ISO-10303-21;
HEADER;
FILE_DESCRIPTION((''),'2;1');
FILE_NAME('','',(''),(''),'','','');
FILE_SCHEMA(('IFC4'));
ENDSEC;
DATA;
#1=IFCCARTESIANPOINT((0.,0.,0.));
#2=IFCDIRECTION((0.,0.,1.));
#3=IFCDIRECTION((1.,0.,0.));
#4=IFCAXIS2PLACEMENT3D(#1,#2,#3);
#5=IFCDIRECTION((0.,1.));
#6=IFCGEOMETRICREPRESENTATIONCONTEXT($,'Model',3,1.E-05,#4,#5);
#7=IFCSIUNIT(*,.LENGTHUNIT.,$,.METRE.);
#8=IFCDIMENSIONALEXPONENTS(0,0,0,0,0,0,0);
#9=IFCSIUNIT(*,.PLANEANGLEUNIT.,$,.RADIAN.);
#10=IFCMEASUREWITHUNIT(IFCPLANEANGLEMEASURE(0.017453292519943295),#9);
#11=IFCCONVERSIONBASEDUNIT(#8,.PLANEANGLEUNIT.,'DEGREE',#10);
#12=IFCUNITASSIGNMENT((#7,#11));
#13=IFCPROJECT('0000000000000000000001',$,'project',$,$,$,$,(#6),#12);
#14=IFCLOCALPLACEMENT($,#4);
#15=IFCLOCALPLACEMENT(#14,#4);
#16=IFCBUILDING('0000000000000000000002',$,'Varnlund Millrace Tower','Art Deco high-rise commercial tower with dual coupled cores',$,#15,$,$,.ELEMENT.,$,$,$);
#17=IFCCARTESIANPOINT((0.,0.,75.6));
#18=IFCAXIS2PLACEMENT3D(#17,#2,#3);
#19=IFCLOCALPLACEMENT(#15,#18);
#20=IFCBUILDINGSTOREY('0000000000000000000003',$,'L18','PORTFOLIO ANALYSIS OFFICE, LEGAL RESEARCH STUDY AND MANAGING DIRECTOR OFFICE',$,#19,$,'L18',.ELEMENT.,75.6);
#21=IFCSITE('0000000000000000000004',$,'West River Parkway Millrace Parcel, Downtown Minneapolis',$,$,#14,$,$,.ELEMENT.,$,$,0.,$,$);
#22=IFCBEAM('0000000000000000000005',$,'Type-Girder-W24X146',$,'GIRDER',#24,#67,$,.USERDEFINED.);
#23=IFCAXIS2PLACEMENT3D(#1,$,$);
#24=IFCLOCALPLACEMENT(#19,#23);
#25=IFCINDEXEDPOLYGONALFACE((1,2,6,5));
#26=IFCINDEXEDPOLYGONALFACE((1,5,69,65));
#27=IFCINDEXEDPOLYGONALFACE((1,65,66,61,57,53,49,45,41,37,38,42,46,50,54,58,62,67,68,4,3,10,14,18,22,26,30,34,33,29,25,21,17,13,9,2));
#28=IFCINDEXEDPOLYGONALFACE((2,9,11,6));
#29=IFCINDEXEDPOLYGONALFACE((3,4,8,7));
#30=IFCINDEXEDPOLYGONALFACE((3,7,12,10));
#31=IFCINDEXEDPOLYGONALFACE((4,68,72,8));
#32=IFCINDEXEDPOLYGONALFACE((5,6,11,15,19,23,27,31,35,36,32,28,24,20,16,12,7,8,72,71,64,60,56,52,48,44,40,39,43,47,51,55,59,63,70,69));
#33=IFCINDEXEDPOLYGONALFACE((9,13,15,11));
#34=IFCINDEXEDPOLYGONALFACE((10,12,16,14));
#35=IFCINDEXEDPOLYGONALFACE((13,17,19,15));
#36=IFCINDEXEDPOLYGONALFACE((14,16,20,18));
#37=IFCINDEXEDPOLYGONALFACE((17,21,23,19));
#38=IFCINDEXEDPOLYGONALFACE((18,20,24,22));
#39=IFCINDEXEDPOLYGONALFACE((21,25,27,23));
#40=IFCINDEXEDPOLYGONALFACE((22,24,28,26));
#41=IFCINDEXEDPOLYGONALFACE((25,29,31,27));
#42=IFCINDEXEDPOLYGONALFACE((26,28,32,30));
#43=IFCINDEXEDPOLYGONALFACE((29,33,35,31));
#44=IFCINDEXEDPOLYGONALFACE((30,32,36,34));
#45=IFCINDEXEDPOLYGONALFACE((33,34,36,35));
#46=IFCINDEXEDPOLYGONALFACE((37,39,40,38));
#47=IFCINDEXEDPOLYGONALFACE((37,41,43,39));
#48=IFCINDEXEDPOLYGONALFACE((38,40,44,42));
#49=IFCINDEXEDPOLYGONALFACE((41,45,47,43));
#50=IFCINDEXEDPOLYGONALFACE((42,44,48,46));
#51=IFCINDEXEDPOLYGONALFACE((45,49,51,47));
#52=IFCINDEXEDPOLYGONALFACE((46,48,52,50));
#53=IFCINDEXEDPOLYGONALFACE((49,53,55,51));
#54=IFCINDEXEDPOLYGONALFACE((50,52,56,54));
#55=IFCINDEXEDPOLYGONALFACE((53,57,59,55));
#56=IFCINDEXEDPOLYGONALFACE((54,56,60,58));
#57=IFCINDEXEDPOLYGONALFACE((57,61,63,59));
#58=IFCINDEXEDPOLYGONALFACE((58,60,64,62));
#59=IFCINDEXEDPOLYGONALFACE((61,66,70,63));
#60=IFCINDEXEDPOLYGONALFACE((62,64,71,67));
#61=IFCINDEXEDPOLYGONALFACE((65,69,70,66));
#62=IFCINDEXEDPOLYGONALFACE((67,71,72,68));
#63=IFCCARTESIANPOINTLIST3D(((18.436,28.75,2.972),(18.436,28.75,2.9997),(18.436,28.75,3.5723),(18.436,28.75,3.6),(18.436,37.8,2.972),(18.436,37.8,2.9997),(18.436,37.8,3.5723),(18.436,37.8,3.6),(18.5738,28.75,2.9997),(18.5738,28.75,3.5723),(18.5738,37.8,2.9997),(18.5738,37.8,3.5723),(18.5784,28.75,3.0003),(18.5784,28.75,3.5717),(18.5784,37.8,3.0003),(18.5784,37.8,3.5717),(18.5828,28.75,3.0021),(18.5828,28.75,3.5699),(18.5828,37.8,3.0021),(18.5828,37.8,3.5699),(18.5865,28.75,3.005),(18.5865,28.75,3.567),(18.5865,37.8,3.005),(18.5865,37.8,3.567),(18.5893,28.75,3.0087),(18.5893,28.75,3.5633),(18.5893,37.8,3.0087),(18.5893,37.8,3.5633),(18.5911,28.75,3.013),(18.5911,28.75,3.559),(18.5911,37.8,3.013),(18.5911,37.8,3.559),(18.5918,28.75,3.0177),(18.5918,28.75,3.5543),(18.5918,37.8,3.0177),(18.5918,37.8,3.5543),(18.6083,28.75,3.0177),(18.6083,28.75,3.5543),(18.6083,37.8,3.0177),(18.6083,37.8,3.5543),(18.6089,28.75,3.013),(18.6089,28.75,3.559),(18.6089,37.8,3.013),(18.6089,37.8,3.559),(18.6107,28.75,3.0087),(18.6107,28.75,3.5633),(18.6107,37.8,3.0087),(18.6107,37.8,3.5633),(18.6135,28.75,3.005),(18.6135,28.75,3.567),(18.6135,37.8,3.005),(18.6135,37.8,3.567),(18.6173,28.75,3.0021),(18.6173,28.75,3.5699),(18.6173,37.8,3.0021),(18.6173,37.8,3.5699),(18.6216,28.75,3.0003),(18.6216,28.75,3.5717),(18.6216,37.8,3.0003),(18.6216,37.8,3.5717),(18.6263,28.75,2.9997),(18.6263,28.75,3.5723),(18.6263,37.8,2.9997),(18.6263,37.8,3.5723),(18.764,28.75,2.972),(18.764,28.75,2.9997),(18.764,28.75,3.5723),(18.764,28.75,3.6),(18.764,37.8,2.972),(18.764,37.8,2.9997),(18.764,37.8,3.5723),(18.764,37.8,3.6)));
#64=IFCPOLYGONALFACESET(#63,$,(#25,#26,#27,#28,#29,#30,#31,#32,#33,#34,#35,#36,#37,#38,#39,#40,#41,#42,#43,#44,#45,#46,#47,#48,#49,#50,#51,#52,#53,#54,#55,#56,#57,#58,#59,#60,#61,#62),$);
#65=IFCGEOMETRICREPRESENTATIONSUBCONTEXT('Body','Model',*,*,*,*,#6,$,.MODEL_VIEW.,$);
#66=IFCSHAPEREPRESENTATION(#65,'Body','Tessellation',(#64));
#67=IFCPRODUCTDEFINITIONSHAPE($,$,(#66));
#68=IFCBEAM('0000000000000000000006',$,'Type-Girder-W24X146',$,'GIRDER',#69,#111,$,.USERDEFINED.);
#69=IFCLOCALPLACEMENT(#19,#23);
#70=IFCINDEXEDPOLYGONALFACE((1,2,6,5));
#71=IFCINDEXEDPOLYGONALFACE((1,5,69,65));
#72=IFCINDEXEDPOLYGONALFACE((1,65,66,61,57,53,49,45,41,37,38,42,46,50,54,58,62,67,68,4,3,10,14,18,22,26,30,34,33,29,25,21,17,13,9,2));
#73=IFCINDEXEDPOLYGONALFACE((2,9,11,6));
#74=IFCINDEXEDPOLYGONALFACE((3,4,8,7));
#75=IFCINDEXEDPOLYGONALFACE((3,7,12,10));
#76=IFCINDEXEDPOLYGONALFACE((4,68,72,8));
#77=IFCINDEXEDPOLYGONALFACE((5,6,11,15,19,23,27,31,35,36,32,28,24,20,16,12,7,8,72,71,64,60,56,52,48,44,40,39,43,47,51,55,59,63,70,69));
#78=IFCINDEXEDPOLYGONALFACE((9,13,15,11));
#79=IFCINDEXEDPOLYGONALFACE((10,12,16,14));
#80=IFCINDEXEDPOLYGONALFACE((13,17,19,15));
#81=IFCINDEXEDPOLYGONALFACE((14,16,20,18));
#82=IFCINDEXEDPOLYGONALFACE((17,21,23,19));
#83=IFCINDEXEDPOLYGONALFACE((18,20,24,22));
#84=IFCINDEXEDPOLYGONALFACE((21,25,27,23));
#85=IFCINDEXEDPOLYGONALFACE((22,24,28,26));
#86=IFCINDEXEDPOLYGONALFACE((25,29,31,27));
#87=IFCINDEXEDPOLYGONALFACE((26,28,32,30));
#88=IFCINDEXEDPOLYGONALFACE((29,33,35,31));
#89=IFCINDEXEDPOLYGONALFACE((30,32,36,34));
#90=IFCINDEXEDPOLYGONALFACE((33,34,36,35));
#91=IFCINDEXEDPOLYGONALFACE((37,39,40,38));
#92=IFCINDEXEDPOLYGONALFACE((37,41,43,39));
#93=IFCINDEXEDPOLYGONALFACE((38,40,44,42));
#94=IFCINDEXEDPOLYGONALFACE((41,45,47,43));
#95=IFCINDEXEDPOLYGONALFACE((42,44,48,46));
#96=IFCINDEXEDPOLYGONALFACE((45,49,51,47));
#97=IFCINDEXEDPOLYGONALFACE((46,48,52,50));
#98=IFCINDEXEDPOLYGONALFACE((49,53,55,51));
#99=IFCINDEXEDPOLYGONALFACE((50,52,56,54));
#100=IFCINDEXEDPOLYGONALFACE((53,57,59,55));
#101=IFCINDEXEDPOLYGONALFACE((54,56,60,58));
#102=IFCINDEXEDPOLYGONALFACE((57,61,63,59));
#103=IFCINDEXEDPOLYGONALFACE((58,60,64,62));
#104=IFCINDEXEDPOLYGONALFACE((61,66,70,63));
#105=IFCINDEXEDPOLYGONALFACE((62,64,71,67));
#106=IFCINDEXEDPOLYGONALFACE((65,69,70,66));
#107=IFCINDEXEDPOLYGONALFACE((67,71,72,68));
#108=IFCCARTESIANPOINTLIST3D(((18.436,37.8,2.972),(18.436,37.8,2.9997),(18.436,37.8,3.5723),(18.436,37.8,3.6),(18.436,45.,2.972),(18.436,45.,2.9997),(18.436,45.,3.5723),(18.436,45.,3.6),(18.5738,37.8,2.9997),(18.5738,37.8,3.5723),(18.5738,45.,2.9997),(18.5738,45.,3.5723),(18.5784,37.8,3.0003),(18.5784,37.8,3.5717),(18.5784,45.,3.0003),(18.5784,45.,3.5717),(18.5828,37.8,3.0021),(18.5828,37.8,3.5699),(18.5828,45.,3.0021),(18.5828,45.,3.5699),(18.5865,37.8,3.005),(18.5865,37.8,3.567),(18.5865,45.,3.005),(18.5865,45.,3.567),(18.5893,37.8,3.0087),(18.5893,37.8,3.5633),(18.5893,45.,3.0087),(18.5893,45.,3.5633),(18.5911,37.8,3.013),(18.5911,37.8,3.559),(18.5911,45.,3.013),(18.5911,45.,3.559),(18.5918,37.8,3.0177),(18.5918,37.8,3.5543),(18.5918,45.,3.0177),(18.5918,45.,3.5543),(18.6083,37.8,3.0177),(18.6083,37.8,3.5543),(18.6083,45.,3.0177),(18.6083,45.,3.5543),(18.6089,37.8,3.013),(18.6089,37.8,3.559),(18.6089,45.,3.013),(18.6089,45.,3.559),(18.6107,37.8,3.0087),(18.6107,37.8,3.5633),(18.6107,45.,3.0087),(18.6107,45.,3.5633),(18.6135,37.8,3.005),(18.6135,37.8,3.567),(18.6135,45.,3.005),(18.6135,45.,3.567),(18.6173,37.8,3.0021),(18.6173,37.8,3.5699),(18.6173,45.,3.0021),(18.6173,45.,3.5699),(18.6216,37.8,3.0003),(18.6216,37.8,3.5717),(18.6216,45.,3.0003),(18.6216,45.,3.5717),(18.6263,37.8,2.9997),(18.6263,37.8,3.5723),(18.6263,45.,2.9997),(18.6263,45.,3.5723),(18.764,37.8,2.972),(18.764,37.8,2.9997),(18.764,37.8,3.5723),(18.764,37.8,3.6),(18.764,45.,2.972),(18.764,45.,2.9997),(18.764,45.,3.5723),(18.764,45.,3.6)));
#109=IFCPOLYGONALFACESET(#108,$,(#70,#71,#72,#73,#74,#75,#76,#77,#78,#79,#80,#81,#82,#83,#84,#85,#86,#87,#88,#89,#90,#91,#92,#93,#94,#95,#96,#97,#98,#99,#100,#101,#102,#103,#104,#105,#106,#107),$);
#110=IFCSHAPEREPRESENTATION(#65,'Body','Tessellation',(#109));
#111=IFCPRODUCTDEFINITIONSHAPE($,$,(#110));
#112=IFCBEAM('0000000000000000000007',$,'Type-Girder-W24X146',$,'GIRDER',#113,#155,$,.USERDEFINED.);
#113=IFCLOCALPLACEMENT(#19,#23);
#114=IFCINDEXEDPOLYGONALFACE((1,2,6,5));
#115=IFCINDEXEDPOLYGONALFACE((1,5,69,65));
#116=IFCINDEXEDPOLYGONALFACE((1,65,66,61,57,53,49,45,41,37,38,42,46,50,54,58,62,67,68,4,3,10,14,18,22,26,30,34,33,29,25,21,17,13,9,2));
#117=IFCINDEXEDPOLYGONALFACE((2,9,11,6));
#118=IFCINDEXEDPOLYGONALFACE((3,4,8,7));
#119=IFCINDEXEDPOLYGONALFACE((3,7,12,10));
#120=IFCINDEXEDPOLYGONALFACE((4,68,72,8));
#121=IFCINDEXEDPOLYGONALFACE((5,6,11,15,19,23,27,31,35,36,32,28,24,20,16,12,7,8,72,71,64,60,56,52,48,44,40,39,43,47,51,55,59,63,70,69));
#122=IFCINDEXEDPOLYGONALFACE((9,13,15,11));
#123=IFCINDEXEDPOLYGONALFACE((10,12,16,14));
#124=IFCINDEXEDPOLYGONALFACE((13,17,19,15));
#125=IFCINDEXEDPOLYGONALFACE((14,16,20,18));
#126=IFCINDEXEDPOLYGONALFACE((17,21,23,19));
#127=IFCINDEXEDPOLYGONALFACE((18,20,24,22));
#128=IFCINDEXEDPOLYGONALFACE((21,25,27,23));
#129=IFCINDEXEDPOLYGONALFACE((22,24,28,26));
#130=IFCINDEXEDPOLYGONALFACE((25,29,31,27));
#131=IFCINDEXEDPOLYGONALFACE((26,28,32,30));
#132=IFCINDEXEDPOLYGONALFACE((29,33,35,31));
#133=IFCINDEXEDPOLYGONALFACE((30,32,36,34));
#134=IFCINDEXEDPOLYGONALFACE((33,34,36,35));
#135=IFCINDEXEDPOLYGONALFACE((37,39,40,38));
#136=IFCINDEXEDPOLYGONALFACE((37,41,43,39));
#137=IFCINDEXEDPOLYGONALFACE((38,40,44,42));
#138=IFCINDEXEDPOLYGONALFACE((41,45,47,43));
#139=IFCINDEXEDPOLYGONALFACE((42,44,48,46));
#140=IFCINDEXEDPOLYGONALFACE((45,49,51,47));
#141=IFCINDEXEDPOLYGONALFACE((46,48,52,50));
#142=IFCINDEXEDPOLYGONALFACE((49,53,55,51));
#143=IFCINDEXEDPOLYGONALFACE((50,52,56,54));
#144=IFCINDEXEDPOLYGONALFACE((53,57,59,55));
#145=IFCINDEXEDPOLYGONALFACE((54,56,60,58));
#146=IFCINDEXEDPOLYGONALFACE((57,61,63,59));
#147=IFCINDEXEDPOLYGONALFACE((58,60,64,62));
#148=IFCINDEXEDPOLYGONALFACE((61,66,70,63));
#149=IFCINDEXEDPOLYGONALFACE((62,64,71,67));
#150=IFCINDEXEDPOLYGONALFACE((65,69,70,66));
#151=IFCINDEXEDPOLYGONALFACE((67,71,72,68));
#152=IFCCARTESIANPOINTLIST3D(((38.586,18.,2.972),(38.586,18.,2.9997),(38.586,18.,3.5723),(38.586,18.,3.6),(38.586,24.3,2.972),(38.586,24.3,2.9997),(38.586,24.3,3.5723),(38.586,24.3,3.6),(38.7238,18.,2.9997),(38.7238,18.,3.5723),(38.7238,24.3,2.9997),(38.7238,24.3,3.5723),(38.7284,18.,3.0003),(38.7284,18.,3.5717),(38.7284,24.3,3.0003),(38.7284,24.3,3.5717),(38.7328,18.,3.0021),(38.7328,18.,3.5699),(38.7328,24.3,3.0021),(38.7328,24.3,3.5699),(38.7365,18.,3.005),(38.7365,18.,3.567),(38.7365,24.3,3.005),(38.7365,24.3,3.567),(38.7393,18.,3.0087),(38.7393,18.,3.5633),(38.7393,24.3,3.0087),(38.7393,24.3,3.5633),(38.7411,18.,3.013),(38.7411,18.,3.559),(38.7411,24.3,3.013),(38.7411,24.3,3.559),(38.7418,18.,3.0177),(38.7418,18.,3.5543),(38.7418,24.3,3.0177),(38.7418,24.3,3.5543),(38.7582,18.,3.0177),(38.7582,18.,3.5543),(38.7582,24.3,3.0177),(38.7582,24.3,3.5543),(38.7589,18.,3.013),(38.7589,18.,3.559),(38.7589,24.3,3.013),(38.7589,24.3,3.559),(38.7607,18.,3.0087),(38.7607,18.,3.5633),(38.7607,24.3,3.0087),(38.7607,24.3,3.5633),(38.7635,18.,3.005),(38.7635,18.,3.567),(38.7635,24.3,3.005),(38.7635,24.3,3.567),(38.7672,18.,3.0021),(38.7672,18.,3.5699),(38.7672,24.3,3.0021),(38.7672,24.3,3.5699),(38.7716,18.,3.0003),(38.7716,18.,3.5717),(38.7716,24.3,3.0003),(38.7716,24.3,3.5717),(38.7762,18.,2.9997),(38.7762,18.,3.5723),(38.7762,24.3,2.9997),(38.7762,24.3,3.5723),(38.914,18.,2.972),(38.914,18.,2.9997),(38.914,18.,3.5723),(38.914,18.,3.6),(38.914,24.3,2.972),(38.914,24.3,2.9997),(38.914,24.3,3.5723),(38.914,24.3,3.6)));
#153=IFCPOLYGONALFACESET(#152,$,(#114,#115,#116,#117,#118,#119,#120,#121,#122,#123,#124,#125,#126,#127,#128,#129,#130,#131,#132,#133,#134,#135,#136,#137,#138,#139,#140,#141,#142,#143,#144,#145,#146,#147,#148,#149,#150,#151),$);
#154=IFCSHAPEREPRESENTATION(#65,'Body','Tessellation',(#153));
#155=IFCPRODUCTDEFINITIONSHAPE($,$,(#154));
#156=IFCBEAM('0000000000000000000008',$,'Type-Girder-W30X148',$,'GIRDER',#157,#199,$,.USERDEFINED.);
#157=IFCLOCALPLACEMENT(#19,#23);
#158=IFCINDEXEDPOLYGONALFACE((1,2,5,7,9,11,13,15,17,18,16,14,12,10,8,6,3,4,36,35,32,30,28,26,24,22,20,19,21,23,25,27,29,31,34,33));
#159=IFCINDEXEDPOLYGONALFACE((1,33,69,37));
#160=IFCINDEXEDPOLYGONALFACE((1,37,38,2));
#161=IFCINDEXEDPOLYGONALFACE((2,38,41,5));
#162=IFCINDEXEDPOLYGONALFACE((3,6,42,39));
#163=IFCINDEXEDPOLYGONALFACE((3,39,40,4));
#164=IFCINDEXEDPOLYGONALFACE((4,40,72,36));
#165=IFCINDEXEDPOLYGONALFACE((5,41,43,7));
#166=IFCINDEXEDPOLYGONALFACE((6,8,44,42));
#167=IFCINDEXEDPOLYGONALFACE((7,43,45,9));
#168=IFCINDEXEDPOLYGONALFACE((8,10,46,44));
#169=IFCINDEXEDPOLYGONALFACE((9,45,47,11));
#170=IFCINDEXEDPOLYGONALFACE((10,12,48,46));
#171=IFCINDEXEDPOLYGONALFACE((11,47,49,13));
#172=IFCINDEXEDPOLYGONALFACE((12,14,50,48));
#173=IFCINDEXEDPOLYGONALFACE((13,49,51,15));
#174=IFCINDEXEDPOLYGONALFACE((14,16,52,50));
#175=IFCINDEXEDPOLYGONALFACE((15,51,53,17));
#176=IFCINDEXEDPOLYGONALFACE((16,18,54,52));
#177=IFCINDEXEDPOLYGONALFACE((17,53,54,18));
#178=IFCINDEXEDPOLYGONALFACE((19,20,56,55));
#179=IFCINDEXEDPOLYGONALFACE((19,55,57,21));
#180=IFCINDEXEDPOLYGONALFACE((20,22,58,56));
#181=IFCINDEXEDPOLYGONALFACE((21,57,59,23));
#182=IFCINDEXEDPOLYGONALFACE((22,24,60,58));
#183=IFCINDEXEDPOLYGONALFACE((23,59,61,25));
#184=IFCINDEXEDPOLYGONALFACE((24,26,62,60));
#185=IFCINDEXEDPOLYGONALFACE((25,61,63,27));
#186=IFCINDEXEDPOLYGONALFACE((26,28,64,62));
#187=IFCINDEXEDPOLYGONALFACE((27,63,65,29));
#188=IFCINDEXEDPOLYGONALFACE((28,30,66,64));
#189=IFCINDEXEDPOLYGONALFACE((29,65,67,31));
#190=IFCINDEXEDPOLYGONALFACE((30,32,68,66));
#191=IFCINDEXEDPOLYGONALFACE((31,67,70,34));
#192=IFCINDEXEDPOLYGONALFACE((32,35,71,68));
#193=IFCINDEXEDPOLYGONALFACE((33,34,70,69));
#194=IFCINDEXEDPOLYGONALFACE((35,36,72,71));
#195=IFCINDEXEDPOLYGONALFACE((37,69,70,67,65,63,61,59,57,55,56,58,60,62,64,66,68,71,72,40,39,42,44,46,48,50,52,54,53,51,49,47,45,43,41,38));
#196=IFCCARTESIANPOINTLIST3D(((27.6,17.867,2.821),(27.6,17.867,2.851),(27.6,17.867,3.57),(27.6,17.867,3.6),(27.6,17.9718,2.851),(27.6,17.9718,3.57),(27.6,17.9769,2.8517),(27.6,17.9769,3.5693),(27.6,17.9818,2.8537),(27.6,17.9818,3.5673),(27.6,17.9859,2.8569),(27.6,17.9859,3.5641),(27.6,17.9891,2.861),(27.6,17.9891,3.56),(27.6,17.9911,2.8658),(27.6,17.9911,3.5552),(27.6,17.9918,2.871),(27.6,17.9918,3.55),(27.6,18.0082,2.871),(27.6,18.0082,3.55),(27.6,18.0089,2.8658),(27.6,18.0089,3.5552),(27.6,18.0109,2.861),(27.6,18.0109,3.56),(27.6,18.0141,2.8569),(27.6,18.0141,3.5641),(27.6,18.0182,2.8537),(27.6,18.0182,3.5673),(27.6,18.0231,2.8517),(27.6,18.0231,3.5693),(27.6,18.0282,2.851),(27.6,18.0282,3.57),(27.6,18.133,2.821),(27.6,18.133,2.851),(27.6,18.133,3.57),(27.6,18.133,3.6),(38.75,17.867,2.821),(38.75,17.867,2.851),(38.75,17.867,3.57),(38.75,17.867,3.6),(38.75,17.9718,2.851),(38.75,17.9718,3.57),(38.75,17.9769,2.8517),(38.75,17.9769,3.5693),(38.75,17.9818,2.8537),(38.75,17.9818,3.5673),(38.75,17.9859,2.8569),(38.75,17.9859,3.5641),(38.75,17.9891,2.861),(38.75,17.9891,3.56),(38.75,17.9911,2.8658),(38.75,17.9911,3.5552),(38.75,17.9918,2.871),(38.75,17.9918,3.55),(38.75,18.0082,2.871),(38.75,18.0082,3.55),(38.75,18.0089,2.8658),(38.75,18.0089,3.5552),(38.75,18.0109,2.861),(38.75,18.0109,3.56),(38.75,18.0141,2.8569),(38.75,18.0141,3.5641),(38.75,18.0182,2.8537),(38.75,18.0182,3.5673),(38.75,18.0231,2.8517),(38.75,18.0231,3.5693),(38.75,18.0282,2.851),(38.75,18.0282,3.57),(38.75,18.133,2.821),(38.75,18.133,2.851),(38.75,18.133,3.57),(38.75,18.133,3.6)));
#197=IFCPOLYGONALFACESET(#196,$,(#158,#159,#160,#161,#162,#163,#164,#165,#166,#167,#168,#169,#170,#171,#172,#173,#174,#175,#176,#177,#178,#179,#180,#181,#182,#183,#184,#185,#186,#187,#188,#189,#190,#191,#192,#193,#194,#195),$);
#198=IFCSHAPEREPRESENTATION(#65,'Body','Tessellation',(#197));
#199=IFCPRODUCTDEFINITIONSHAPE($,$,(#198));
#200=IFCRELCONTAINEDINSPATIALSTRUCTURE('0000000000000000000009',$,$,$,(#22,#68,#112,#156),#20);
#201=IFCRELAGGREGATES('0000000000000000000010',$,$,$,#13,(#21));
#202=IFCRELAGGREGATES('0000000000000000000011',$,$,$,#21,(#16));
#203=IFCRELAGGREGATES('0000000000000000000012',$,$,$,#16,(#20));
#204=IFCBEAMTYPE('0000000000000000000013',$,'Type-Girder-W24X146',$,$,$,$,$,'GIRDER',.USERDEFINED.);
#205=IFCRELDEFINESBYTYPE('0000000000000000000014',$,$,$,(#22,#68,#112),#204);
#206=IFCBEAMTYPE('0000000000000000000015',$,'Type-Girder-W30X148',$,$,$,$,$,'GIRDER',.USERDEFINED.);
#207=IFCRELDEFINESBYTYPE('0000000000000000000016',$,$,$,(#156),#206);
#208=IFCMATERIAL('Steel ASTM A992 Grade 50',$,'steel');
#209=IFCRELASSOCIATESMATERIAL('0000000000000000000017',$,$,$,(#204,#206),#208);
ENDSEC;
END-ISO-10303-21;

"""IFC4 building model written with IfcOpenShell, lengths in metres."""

from ifc_helpers import new_model, entity, si_unit, converted_unit, direction, frame, origin_with_axes, origin_2d_with_axis, place, context, subcontext, project, spatial, i_section, extrude, material, material_profile, profile_set, type_object, element, save


model = new_model("IFC4")

# Units and contexts
model_context = context("Model", 3, precision=1e-05, world=origin_with_axes(), true_north=direction((0.0, 1.0)))
body_context = subcontext(model_context, "Body", "Model", "MODEL_VIEW")
ifc_project = project(units=[si_unit("LENGTHUNIT", "METRE"), converted_unit("PLANEANGLEUNIT", "DEGREE", entity("IfcPlaneAngleMeasure", 0.017453292519943295), si_unit("PLANEANGLEUNIT", "RADIAN"), dimensions=[0, 0, 0, 0, 0, 0, 0])], contexts=[model_context])

# Site, building, storey
site_placement = place(None, origin_with_axes())
site = spatial("IfcSite", under=ifc_project, at=site_placement, Name="West River Parkway Millrace Parcel, Downtown Minneapolis", CompositionType="ELEMENT", RefElevation=0.0)
building_placement = place(site_placement, origin_with_axes())
building = spatial("IfcBuilding", under=site, at=building_placement, Name="Varnlund Millrace Tower", Description="Art Deco high-rise commercial tower with dual coupled cores", CompositionType="ELEMENT")
storey_placement = place(building_placement, frame((0.0, 0.0, 75.6), z_axis=(0.0, 0.0, 1.0), x_axis=(1.0, 0.0, 0.0)))
storey = spatial("IfcBuildingStorey", under=building, at=storey_placement, Name="L18", Description="PORTFOLIO ANALYSIS OFFICE, LEGAL RESEARCH STUDY AND MANAGING DIRECTOR OFFICE", LongName="L18", CompositionType="ELEMENT", Elevation=75.6)

# Beams
ifc_material_1 = material(Name="Steel ASTM A992 Grade 50", Category="steel")
ifc_material_profile_1 = material_profile(ifc_material_1, i_section(OverallWidth=0.328, OverallDepth=0.628, WebThickness=0.0165, FlangeThickness=0.0277, FilletRadius=0.018, at=origin_2d_with_axis()), Name="Steel ASTM A992 Grade 50")
ifc_profile_set_1 = profile_set([ifc_material_profile_1], Name="Steel ASTM A992 Grade 50")
beam_type_1 = type_object("IfcBeamType", Name="Type-Girder-W24X146", ElementType="GIRDER", PredefinedType="USERDEFINED", material=ifc_profile_set_1)
beam_1_placement = place(storey_placement, frame((18.6, 28.75, 3.286), z_axis=(0.0, 1.0, 0.0), x_axis=(-1.0, 0.0, 0.0)))
element("IfcBeam", 1, at=beam_1_placement, inside=storey, type_object=beam_type_1, Name="Type-Girder-W24X146", ObjectType="GIRDER", PredefinedType="USERDEFINED", context=body_context, shape_type="SweptSolid", body=[
    extrude(i_section(OverallWidth=0.328, OverallDepth=0.628, WebThickness=0.0165, FlangeThickness=0.0277, FilletRadius=0.018, at=origin_2d_with_axis()), origin_with_axes(), (0.0, 0.0, 1.0), 9.05),
])
beam_2_placement = place(storey_placement, frame((18.6, 37.8, 3.286), z_axis=(0.0, 1.0, 0.0), x_axis=(-1.0, 0.0, 0.0)))
element("IfcBeam", 2, at=beam_2_placement, inside=storey, type_object=beam_type_1, Name="Type-Girder-W24X146", ObjectType="GIRDER", PredefinedType="USERDEFINED", context=body_context, shape_type="SweptSolid", body=[
    extrude(i_section(OverallWidth=0.328, OverallDepth=0.628, WebThickness=0.0165, FlangeThickness=0.0277, FilletRadius=0.018, at=origin_2d_with_axis()), origin_with_axes(), (0.0, 0.0, 1.0), 7.2),
])
beam_3_placement = place(storey_placement, frame((38.75, 18.0, 3.286), z_axis=(0.0, 1.0, 0.0), x_axis=(-1.0, 0.0, 0.0)))
element("IfcBeam", 3, at=beam_3_placement, inside=storey, type_object=beam_type_1, Name="Type-Girder-W24X146", ObjectType="GIRDER", PredefinedType="USERDEFINED", context=body_context, shape_type="SweptSolid", body=[
    extrude(i_section(OverallWidth=0.328, OverallDepth=0.628, WebThickness=0.0165, FlangeThickness=0.0277, FilletRadius=0.018, at=origin_2d_with_axis()), origin_with_axes(), (0.0, 0.0, 1.0), 6.3),
])
ifc_material_profile_2 = material_profile(ifc_material_1, i_section(OverallWidth=0.266, OverallDepth=0.779, WebThickness=0.0165, FlangeThickness=0.03, FilletRadius=0.02, at=origin_2d_with_axis()), Name="Steel ASTM A992 Grade 50")
ifc_profile_set_2 = profile_set([ifc_material_profile_2], Name="Steel ASTM A992 Grade 50")
beam_type_2 = type_object("IfcBeamType", Name="Type-Girder-W30X148", ElementType="GIRDER", PredefinedType="USERDEFINED", material=ifc_profile_set_2)
beam_4_placement = place(storey_placement, frame((27.6, 18.0, 3.2105), z_axis=(1.0, 0.0, 0.0), x_axis=(0.0, 1.0, 0.0)))
element("IfcBeam", 4, at=beam_4_placement, inside=storey, type_object=beam_type_2, Name="Type-Girder-W30X148", ObjectType="GIRDER", PredefinedType="USERDEFINED", context=body_context, shape_type="SweptSolid", body=[
    extrude(i_section(OverallWidth=0.266, OverallDepth=0.779, WebThickness=0.0165, FlangeThickness=0.03, FilletRadius=0.02, at=origin_2d_with_axis()), origin_with_axes(), (0.0, 0.0, 1.0), 11.15),
])

save(model, "model.ifc")
